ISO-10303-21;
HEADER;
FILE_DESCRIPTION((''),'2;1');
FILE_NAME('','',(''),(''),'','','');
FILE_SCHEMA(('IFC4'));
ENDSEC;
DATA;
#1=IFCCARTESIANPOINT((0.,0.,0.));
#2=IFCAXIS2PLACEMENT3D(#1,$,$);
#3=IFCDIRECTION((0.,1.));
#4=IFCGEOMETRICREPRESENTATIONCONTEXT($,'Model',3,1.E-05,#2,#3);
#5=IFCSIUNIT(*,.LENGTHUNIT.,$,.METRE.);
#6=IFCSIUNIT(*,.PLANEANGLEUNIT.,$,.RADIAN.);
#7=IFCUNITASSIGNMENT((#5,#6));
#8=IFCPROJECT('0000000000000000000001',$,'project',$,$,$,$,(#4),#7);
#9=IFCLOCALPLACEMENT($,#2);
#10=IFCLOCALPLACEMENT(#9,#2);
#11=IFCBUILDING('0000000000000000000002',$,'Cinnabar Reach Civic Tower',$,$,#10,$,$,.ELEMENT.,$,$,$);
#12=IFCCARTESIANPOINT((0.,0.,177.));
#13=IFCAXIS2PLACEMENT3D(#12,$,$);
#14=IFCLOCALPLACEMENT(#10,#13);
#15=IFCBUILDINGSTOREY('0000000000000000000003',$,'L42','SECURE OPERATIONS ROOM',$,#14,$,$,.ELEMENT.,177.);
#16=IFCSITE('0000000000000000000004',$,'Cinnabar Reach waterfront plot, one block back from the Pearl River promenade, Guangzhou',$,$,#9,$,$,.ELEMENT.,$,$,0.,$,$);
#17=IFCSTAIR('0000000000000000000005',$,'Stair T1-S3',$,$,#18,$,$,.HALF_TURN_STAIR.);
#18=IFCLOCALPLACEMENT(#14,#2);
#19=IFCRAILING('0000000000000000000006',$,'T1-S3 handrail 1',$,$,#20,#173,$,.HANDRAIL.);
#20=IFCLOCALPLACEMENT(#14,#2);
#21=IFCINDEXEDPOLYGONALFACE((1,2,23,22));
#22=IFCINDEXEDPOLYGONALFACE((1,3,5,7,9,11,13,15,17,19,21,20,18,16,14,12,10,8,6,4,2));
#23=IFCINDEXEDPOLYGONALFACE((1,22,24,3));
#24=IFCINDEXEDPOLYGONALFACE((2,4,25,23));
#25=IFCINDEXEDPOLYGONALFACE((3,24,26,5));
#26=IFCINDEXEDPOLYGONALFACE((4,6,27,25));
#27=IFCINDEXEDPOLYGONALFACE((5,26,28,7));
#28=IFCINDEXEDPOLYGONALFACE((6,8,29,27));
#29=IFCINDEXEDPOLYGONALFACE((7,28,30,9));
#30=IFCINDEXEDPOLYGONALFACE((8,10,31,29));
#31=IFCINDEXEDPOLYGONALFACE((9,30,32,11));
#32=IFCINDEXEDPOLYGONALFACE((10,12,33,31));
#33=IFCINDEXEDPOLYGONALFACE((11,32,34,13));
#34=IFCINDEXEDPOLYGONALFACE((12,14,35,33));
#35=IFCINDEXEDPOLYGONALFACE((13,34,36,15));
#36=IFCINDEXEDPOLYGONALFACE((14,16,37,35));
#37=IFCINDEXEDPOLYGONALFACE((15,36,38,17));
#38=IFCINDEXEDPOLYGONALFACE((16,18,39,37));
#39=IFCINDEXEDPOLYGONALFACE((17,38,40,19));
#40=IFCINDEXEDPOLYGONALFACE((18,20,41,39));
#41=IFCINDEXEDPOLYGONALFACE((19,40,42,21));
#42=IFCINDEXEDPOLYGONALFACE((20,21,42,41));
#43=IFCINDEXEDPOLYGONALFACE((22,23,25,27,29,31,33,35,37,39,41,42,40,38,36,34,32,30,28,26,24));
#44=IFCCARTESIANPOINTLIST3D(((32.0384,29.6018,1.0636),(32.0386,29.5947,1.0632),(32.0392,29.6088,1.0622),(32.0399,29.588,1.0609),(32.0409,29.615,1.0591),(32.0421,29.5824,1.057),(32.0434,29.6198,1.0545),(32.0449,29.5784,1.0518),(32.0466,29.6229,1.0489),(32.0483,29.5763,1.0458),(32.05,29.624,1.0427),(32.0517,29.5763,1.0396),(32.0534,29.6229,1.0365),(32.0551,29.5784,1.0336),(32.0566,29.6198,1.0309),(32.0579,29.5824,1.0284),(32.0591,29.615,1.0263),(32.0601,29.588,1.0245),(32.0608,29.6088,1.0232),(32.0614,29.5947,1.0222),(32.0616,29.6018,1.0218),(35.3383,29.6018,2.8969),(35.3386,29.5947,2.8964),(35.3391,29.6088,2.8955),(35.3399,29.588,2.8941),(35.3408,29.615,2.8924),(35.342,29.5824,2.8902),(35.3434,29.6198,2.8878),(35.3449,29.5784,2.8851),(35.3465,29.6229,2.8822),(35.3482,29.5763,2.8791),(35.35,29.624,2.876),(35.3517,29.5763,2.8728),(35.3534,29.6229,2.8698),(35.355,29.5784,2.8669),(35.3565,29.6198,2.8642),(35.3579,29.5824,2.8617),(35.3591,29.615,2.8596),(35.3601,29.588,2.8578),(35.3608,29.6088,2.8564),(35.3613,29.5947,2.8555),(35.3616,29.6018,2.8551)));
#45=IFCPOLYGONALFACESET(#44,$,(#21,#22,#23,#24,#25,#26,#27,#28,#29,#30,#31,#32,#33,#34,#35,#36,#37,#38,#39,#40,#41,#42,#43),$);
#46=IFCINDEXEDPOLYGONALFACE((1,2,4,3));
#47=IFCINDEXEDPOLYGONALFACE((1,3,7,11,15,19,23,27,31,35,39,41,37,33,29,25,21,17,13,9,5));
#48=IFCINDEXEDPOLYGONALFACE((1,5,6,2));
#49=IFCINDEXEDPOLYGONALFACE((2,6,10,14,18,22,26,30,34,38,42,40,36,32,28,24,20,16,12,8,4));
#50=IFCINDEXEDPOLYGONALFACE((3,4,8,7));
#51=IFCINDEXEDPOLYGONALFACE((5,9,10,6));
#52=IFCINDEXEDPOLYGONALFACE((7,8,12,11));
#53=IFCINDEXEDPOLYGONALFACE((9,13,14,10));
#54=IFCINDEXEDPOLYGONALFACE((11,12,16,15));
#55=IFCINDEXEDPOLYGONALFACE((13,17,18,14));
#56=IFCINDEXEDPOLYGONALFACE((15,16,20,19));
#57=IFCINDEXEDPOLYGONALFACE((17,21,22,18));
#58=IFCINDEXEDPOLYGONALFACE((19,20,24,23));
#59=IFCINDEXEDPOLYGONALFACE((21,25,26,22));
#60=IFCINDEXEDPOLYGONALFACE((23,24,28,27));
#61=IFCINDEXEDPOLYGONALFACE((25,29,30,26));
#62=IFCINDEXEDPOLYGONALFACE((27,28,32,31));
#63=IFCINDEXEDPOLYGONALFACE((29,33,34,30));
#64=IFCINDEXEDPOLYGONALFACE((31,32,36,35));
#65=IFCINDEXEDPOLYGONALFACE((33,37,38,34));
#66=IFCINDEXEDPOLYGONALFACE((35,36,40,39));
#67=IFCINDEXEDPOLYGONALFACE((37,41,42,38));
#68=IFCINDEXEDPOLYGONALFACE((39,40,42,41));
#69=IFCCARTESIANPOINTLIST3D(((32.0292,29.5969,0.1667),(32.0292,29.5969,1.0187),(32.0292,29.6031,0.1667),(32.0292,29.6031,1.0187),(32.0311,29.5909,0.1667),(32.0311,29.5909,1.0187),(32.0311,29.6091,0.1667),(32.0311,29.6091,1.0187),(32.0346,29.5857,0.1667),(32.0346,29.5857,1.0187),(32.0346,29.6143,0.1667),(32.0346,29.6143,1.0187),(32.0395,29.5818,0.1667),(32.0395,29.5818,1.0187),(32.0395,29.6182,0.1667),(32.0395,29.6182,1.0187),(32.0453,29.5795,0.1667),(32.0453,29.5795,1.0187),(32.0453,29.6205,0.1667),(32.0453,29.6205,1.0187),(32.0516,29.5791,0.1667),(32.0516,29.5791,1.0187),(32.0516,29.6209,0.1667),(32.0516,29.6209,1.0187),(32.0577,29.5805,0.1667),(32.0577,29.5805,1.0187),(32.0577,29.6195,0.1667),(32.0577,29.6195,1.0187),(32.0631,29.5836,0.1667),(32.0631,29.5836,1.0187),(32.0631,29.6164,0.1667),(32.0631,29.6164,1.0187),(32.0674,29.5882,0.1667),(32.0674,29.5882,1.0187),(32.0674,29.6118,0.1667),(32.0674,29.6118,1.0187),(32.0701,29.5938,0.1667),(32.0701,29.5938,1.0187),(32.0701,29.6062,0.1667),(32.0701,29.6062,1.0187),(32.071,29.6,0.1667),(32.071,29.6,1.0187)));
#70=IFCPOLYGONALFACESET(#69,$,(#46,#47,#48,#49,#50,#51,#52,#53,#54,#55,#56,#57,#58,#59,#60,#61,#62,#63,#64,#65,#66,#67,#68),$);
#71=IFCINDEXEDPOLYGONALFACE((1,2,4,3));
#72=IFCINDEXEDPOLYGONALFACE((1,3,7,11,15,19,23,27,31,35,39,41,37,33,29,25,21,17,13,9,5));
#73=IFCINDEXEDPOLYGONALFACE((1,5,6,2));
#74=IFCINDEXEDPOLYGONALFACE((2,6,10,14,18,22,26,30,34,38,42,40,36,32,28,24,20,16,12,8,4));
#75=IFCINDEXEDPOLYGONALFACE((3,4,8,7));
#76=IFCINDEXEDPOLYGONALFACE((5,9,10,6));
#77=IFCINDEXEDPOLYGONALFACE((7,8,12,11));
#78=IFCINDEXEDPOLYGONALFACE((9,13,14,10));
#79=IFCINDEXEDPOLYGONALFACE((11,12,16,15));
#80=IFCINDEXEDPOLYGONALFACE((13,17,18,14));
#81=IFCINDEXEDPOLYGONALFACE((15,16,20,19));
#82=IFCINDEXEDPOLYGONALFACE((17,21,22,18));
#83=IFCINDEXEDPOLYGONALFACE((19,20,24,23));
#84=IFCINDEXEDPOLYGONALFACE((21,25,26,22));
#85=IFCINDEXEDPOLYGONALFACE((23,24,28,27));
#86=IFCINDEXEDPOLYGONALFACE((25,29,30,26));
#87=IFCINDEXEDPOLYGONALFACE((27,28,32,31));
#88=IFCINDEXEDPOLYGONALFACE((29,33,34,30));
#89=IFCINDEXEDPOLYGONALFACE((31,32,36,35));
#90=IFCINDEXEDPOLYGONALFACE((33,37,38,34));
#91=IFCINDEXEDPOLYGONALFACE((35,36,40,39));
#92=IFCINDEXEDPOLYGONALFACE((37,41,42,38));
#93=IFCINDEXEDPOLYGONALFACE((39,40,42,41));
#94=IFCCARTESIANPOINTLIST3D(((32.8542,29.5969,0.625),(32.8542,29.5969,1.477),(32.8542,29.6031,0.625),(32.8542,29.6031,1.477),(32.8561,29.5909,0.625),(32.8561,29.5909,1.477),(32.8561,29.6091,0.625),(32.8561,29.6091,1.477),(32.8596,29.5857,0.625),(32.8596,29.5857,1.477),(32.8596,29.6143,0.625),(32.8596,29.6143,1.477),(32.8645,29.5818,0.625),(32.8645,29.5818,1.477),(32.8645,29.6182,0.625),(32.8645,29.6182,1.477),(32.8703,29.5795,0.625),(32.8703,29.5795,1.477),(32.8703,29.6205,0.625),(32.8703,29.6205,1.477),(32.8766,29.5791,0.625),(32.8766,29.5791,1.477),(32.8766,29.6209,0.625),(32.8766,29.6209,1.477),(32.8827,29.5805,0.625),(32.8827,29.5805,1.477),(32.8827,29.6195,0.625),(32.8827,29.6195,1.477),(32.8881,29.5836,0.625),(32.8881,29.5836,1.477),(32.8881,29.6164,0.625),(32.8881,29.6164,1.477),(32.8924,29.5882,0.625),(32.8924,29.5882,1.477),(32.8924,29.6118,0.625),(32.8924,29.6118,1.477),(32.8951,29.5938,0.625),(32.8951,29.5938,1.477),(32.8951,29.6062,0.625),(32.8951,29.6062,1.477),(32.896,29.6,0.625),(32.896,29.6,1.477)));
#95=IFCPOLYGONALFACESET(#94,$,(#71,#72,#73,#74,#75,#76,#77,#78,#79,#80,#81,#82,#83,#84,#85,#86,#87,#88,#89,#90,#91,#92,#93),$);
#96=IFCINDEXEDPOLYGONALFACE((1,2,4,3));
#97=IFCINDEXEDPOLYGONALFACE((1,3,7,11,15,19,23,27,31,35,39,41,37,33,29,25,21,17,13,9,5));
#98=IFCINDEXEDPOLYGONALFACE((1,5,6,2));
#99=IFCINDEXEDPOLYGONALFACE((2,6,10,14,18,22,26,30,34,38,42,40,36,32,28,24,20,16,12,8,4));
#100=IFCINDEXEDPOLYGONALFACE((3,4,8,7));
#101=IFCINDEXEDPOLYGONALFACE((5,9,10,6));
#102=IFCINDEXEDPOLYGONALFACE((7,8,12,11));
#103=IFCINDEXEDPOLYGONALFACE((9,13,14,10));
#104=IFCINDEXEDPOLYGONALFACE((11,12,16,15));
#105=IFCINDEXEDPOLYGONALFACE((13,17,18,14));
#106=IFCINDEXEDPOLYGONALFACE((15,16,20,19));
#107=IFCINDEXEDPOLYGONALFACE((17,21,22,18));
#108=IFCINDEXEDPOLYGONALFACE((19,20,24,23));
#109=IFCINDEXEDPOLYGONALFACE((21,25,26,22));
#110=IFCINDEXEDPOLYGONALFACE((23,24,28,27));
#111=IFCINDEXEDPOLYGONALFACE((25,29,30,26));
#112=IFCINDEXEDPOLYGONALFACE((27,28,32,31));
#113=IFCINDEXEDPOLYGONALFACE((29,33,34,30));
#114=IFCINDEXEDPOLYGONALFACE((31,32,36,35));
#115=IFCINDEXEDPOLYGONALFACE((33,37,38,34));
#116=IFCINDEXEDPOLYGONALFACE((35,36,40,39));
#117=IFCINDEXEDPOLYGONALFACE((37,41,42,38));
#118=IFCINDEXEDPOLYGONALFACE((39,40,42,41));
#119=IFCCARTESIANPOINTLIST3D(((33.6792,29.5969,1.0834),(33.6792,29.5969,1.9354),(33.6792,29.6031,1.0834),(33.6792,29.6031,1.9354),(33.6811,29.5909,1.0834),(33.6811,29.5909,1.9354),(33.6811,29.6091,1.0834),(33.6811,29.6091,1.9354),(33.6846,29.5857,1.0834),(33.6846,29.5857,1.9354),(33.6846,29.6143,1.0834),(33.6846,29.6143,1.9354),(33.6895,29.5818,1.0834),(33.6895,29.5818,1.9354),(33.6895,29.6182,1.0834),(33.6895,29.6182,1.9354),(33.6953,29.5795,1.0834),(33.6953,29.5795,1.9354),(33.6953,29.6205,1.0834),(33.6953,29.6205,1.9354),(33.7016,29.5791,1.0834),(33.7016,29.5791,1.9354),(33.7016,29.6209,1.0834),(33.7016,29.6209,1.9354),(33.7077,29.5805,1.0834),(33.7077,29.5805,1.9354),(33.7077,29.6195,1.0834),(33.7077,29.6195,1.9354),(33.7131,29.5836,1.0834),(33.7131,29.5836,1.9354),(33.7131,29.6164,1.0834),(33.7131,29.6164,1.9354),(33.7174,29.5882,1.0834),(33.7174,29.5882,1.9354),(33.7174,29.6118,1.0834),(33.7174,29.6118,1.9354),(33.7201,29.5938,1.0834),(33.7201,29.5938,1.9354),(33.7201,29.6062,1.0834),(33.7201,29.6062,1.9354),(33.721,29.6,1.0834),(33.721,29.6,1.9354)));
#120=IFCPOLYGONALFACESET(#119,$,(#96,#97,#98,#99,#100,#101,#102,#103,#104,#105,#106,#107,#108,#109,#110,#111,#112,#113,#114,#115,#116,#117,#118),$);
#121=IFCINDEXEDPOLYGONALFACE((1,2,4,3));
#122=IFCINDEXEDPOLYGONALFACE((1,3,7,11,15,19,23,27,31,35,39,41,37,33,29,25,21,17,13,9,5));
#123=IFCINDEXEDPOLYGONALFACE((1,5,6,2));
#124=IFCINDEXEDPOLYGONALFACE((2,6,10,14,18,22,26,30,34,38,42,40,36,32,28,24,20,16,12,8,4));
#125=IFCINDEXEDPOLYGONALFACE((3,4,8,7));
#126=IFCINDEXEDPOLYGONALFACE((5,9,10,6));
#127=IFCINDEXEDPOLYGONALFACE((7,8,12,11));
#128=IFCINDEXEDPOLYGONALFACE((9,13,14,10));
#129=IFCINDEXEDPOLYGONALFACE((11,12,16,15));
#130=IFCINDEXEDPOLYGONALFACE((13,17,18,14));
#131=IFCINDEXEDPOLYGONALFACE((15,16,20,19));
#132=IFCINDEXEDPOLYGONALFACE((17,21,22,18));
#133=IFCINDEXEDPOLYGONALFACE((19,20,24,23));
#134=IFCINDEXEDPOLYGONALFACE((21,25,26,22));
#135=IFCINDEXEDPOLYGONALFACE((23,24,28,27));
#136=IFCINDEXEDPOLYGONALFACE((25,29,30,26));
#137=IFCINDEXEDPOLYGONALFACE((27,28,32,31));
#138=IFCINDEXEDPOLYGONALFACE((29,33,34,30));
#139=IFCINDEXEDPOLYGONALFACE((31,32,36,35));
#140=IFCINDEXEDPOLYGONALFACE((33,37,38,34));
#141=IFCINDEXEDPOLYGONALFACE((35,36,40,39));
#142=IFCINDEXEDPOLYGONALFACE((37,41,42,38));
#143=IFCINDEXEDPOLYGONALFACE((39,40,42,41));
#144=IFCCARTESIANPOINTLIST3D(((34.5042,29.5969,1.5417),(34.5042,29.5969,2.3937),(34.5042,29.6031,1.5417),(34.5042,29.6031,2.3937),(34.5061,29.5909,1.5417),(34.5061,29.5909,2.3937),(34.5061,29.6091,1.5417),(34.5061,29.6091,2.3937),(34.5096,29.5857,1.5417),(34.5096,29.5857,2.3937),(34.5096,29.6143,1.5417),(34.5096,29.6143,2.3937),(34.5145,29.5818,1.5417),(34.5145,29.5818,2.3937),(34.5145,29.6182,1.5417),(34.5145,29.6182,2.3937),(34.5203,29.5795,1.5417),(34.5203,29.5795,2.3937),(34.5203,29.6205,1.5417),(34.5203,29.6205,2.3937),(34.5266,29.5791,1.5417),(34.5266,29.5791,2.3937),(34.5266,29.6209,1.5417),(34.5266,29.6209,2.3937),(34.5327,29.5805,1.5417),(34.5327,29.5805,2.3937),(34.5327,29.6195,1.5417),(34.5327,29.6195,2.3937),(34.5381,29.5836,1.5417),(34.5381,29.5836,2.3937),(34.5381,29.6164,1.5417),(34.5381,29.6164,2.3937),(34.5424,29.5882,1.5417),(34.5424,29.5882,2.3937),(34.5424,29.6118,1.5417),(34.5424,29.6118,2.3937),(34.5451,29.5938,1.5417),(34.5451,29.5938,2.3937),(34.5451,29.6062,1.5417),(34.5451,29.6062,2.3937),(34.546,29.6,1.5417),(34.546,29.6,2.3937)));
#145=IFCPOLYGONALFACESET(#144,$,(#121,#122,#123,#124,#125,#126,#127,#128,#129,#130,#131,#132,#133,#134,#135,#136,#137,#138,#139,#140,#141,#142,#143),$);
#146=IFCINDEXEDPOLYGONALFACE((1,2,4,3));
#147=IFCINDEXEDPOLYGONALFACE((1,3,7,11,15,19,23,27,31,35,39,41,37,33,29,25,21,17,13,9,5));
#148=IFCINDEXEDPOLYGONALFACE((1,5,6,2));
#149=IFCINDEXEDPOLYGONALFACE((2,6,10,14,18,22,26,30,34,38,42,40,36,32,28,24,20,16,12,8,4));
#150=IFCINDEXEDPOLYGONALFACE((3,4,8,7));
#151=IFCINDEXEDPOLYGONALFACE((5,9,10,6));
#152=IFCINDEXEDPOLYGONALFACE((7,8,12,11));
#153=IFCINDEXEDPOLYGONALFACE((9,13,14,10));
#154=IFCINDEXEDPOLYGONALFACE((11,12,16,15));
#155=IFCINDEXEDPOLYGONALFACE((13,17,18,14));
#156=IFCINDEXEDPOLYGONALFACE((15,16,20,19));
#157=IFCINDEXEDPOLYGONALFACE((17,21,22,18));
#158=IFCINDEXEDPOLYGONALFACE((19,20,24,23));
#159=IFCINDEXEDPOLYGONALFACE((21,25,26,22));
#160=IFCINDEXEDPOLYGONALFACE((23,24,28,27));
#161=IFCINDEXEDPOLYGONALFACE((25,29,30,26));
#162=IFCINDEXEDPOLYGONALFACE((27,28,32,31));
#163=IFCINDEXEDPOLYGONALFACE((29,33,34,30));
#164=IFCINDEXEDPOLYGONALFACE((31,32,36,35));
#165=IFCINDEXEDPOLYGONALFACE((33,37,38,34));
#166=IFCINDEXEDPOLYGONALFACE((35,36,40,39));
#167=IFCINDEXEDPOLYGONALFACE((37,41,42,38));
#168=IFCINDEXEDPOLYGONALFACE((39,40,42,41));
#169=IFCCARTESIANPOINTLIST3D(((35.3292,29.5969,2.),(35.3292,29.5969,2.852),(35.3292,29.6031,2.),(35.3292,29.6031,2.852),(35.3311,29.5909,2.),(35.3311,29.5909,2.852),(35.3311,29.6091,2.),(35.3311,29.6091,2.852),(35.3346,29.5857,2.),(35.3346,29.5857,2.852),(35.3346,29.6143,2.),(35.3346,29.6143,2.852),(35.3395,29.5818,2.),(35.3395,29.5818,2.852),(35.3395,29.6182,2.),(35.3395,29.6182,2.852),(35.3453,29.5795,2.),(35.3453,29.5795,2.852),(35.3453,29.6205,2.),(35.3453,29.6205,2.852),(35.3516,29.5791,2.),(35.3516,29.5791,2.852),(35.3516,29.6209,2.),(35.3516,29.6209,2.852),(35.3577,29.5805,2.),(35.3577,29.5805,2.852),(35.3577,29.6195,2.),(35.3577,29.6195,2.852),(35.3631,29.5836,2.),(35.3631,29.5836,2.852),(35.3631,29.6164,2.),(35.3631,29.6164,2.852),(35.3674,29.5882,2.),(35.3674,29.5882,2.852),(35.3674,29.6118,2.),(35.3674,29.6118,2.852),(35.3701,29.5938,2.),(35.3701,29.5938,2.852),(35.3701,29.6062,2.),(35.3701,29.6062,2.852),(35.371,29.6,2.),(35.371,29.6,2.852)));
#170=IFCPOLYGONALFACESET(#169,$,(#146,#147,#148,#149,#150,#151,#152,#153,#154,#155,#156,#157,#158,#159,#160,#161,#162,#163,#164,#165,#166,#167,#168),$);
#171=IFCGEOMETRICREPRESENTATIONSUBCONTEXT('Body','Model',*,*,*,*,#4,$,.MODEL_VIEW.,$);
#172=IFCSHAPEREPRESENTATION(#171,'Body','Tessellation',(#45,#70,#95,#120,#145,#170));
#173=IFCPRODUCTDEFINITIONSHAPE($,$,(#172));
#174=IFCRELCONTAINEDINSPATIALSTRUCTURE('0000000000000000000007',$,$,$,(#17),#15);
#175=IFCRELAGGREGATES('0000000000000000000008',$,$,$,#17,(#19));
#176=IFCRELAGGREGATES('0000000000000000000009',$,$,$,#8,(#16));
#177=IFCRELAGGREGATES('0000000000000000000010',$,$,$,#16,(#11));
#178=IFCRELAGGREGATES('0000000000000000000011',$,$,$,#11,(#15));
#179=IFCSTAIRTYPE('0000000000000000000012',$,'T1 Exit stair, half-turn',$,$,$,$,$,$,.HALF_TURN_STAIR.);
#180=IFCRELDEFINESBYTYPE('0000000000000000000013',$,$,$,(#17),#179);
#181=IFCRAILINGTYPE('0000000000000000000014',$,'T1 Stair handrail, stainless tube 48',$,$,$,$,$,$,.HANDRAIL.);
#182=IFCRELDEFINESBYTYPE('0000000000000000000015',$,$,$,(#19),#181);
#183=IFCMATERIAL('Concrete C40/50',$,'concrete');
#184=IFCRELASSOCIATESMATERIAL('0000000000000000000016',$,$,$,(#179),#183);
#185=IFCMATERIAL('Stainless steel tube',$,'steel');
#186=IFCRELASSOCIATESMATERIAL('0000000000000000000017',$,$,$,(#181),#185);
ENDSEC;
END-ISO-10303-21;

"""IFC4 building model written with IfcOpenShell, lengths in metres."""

from ifc_helpers import new_model, si_unit, direction, frame, origin, origin_2d, place, context, subcontext, project, spatial, circle, extrude, material, type_object, element, aggregate, save


model = new_model("IFC4")

# Units and contexts
model_context = context("Model", 3, precision=1e-05, world=origin(), true_north=direction((0.0, 1.0)))
body_context = subcontext(model_context, "Body", "Model", "MODEL_VIEW")
ifc_project = project(units=[si_unit("LENGTHUNIT", "METRE"), si_unit("PLANEANGLEUNIT", "RADIAN")], contexts=[model_context])

# Site, building, storey
site_placement = place(None, origin())
site = spatial("IfcSite", under=ifc_project, at=site_placement, Name="Cinnabar Reach waterfront plot, one block back from the Pearl River promenade, Guangzhou", CompositionType="ELEMENT", RefElevation=0.0)
building_placement = place(site_placement, origin())
building = spatial("IfcBuilding", under=site, at=building_placement, Name="Cinnabar Reach Civic Tower", CompositionType="ELEMENT")
storey_placement = place(building_placement, frame((0.0, 0.0, 177.0)))
storey = spatial("IfcBuildingStorey", under=building, at=storey_placement, Name="L42", Description="SECURE OPERATIONS ROOM", CompositionType="ELEMENT", Elevation=177.0)

# Stair, railing
ifc_material_1 = material(Name="Concrete C40/50", Category="concrete")
stair_type = type_object("IfcStairType", Name="T1 Exit stair, half-turn", PredefinedType="HALF_TURN_STAIR", material=ifc_material_1)
stair_placement = place(storey_placement, origin())
stair = element("IfcStair", 1, at=stair_placement, inside=storey, type_object=stair_type, Name="Stair T1-S3", PredefinedType="HALF_TURN_STAIR")
ifc_material_2 = material(Name="Stainless steel tube", Category="steel")
railing_type = type_object("IfcRailingType", Name="T1 Stair handrail, stainless tube 48", PredefinedType="HANDRAIL", material=ifc_material_2)
railing_placement = place(storey_placement, frame((32.05, 29.6, 0.1667)))
railing = element("IfcRailing", 2, at=railing_placement, type_object=railing_type, Name="T1-S3 handrail 1", PredefinedType="HANDRAIL", context=body_context, shape_type="SweptSolid", body=[
    extrude(circle(Radius=0.024, at=origin_2d()), frame((0.0, 0.0, 0.876), z_axis=(0.874161, 0.0, 0.485636), x_axis=(0.0, 1.0, 0.0)), (0.0, 0.0, 1.0), 3.775),
    extrude(circle(Radius=0.021, at=origin_2d()), origin(), (0.0, 0.0, 1.0), 0.852),
    extrude(circle(Radius=0.021, at=origin_2d()), frame((0.825, 0.0, 0.4583)), (0.0, 0.0, 1.0), 0.852),
    extrude(circle(Radius=0.021, at=origin_2d()), frame((1.65, 0.0, 0.9167)), (0.0, 0.0, 1.0), 0.852),
    extrude(circle(Radius=0.021, at=origin_2d()), frame((2.475, 0.0, 1.375)), (0.0, 0.0, 1.0), 0.852),
    extrude(circle(Radius=0.021, at=origin_2d()), frame((3.3, 0.0, 1.8333)), (0.0, 0.0, 1.0), 0.852),
])
aggregate(stair, [railing])

save(model, "model.ifc")
